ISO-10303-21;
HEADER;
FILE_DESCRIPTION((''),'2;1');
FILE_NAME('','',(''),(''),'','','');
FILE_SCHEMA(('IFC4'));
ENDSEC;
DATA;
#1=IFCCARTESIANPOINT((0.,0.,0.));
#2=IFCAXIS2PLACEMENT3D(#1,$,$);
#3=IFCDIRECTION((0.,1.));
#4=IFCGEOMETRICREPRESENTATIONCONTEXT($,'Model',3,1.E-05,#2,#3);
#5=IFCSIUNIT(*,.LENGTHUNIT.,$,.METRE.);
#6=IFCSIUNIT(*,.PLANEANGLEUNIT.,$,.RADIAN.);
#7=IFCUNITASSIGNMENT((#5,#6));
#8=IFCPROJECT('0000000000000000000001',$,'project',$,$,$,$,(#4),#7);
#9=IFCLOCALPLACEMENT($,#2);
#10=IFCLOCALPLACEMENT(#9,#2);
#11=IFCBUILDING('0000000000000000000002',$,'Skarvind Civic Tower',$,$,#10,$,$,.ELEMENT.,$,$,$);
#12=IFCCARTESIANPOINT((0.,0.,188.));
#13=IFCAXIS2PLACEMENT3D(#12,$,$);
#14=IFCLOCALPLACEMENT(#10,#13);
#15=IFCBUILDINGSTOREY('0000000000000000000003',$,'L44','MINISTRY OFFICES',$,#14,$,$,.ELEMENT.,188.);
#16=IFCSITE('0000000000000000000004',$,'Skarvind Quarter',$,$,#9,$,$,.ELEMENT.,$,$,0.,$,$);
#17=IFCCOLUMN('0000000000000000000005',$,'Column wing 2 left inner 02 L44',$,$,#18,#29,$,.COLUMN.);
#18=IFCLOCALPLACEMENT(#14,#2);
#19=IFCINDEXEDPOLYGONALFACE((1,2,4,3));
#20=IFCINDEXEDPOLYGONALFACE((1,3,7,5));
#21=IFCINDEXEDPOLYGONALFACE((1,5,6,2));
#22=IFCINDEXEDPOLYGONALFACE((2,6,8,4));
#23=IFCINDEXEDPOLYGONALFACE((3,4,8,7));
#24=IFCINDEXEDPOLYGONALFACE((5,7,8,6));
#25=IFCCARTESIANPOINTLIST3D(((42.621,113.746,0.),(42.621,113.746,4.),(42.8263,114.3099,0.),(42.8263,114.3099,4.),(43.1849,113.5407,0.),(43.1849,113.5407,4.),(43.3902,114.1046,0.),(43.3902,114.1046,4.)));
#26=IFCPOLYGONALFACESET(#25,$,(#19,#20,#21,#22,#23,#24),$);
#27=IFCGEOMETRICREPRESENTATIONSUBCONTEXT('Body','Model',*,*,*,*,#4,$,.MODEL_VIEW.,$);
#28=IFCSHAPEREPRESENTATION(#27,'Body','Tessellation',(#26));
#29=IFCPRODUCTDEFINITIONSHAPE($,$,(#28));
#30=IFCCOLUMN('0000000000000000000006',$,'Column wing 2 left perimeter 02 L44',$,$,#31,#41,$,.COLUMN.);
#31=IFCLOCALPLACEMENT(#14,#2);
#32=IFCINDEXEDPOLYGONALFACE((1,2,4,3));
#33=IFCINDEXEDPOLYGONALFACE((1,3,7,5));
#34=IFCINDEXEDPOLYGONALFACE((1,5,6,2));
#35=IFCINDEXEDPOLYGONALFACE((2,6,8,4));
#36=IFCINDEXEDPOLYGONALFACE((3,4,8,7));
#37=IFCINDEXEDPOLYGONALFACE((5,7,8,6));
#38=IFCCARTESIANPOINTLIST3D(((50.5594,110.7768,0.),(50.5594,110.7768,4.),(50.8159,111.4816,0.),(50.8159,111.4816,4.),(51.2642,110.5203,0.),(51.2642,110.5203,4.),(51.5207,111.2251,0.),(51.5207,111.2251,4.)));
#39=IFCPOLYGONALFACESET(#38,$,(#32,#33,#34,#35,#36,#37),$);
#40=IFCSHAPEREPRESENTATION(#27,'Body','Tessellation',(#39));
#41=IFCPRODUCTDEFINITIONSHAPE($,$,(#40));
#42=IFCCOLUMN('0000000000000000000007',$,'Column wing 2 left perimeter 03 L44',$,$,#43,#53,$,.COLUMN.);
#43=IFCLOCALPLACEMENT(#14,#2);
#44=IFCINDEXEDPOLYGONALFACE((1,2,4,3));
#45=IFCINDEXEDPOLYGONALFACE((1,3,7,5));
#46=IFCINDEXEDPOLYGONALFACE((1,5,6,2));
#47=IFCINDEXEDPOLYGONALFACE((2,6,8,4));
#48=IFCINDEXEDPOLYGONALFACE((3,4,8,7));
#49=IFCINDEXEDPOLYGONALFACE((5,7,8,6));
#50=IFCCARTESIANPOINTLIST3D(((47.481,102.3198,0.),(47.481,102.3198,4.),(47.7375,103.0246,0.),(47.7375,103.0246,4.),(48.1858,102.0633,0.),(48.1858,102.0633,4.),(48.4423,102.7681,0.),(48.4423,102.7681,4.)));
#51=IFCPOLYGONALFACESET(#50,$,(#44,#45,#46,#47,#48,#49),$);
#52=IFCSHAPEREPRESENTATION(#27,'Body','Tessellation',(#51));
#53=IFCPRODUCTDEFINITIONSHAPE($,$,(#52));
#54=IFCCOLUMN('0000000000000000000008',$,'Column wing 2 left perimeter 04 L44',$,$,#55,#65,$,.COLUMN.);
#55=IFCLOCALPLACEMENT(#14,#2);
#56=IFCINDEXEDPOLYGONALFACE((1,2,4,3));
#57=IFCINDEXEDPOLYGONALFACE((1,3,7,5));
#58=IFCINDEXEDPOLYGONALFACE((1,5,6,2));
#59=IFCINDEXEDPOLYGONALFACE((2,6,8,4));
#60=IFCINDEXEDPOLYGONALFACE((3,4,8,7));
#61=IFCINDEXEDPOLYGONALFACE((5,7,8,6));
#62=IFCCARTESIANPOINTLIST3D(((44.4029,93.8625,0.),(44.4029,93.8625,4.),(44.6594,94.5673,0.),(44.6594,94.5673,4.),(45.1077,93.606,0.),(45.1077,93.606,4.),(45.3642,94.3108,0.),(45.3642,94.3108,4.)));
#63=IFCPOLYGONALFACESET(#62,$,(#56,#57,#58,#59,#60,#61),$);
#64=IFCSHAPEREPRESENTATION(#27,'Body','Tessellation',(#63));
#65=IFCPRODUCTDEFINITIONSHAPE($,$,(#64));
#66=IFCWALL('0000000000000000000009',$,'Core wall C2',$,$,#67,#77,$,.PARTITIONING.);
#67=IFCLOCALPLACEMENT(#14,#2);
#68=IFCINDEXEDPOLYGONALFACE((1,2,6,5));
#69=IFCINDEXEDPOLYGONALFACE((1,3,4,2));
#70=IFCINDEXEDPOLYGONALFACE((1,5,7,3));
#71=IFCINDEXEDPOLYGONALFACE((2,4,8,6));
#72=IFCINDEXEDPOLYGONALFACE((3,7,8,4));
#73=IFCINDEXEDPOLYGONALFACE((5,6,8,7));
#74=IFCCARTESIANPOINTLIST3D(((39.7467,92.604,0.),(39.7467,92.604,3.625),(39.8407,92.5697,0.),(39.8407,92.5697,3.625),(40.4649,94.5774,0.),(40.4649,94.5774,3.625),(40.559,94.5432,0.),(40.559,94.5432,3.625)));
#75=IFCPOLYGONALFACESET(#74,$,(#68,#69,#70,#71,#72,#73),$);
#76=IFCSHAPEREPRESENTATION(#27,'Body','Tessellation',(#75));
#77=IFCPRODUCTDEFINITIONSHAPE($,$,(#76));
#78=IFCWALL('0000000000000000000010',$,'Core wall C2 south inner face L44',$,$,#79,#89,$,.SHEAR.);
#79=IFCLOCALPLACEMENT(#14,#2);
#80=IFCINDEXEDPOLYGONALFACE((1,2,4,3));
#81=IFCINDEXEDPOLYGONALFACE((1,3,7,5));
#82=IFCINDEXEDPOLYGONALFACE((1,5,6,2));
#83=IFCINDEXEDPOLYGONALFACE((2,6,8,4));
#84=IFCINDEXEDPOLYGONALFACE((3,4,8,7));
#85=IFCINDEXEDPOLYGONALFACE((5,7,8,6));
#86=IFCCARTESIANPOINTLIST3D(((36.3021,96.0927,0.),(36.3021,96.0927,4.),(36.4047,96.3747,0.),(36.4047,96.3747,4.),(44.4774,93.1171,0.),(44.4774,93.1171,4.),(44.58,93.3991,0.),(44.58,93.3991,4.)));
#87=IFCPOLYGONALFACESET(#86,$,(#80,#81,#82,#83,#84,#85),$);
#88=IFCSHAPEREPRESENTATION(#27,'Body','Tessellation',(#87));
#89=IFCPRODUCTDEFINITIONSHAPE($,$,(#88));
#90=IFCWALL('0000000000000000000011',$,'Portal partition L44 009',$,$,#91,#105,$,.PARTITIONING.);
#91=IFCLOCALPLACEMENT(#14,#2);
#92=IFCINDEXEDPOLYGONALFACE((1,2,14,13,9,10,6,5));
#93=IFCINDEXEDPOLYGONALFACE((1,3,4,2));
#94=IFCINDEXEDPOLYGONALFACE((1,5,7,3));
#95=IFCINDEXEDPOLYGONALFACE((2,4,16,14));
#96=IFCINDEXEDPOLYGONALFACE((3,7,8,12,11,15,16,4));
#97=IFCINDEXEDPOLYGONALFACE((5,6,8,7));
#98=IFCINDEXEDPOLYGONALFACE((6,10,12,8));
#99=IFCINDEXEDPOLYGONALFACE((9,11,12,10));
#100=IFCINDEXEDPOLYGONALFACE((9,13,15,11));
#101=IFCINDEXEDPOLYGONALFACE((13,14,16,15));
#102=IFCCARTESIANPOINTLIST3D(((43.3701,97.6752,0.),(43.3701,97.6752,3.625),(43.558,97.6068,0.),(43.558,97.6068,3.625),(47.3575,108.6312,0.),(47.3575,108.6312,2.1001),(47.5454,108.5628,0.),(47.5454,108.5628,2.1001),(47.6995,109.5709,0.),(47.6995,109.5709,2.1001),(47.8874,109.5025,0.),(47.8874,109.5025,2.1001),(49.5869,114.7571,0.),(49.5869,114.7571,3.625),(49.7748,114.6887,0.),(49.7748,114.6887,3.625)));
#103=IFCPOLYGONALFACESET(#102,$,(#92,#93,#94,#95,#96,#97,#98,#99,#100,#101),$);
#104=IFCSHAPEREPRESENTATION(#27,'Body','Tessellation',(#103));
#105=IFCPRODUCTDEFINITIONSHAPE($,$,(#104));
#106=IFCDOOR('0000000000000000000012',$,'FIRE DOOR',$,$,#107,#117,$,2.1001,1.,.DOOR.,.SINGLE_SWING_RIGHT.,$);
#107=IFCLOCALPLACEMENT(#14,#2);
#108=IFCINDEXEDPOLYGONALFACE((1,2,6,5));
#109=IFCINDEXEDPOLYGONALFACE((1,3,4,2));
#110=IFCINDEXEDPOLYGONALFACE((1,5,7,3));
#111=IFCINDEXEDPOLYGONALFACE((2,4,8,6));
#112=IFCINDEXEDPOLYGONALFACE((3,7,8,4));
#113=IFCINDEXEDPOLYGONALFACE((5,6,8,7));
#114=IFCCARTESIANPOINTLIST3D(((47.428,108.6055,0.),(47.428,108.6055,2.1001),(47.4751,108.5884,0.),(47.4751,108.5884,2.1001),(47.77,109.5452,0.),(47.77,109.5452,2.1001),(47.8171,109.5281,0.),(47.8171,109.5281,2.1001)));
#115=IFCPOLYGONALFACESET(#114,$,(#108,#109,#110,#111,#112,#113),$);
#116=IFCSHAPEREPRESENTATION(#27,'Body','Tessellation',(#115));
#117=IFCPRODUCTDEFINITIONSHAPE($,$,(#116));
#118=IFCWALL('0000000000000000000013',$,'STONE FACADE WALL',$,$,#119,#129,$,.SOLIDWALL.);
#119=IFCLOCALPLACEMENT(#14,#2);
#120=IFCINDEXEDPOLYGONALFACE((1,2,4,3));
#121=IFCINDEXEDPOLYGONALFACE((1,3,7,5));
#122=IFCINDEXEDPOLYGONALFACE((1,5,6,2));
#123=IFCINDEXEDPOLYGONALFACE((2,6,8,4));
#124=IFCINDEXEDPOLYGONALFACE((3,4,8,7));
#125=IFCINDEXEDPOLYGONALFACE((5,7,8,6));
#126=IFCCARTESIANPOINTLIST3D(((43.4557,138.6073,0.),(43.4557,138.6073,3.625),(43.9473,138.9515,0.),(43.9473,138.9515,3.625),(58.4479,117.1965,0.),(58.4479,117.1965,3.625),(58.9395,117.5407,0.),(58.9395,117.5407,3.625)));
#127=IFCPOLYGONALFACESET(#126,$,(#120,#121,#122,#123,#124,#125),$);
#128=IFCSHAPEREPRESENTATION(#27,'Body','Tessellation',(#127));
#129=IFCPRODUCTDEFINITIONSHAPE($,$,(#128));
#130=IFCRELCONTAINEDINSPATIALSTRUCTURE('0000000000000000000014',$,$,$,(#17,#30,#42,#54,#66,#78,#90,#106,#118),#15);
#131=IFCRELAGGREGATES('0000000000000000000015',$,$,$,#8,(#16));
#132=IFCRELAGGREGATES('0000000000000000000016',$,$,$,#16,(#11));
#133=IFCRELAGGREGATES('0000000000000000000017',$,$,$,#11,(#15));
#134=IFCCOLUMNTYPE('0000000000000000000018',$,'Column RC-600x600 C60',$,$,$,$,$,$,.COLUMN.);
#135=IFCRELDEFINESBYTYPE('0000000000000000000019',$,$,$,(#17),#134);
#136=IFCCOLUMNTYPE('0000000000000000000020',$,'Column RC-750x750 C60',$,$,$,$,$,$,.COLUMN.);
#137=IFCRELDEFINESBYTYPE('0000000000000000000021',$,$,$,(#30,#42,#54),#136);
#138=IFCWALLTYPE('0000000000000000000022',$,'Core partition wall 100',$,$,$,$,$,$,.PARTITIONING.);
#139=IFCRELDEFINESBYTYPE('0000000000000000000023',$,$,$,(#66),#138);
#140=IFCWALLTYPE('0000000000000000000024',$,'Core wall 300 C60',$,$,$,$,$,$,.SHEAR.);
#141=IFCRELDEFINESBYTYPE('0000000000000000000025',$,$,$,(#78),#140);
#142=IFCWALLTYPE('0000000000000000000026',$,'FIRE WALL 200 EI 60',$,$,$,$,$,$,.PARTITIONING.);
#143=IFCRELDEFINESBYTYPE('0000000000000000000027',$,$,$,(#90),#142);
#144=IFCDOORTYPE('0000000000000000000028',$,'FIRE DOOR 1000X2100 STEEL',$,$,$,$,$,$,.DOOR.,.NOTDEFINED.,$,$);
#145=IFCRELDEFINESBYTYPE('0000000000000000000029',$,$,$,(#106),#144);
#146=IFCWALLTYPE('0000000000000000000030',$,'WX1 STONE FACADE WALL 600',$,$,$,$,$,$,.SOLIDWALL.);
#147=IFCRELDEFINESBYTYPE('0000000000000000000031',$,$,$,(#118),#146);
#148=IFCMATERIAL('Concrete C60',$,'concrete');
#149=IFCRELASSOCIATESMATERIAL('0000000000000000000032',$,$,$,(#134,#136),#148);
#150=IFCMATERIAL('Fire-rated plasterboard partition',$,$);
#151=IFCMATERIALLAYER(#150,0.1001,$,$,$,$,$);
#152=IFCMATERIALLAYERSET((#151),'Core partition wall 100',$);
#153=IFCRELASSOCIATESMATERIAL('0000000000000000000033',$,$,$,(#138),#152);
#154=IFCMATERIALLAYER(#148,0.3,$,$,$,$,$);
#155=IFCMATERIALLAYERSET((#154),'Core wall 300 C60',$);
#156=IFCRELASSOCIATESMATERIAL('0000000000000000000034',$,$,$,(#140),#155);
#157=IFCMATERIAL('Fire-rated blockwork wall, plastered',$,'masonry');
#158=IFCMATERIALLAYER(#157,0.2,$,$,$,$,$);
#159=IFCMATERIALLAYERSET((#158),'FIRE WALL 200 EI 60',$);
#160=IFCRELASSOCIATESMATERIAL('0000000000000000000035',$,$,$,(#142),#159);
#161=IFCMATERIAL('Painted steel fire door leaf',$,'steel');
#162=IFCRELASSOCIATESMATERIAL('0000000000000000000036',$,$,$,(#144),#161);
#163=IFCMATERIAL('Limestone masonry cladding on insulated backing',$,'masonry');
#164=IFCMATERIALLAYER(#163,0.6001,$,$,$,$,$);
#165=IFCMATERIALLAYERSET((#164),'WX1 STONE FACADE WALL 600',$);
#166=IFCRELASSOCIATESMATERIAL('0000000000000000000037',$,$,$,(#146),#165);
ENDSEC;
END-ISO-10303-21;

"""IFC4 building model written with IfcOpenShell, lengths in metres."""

from ifc_helpers import new_model, si_unit, direction, frame, frame_2d, origin, origin_2d, place, context, subcontext, project, spatial, rectangle, extrude, material, layer, layer_set, material_profile, profile_set, type_object, element, fill, save


model = new_model("IFC4")

# Units and contexts
model_context = context("Model", 3, precision=1e-05, world=origin(), true_north=direction((0.0, 1.0)))
body_context = subcontext(model_context, "Body", "Model", "MODEL_VIEW")
ifc_project = project(units=[si_unit("LENGTHUNIT", "METRE"), si_unit("PLANEANGLEUNIT", "RADIAN")], contexts=[model_context])

# Site, building, storey
site_placement = place(None, origin())
site = spatial("IfcSite", under=ifc_project, at=site_placement, Name="Skarvind Quarter", CompositionType="ELEMENT", RefElevation=0.0)
building_placement = place(site_placement, origin())
building = spatial("IfcBuilding", under=site, at=building_placement, Name="Skarvind Civic Tower", CompositionType="ELEMENT")
storey_placement = place(building_placement, frame((0.0, 0.0, 188.0)))
storey = spatial("IfcBuildingStorey", under=building, at=storey_placement, Name="L44", Description="MINISTRY OFFICES", CompositionType="ELEMENT", Elevation=188.0)

# Columns
ifc_material_1 = material(Name="Concrete C60", Category="concrete")
ifc_material_profile_1 = material_profile(ifc_material_1, rectangle(XDim=0.6001, YDim=0.6001, at=origin_2d()), Name="RC-600x600")
ifc_profile_set_1 = profile_set([ifc_material_profile_1], Name="Concrete C60")
column_type_1 = type_object("IfcColumnType", Name="Column RC-600x600 C60", PredefinedType="COLUMN", material=ifc_profile_set_1)
column_placement = place(storey_placement, frame((43.0056, 113.9253, 0.0), z_axis=(0.0, 0.0, 1.0), x_axis=(-0.34202, -0.939693, 0.0)))
element("IfcColumn", 1, at=column_placement, inside=storey, type_object=column_type_1, Name="Column wing 2 left inner 02 L44", PredefinedType="COLUMN", context=body_context, shape_type="SweptSolid", body=[
    extrude(rectangle(XDim=0.6001, YDim=0.6001, at=origin_2d()), origin(), (0.0, 0.0, 1.0), 4.0),
])
ifc_material_profile_2 = material_profile(ifc_material_1, rectangle(XDim=0.75, YDim=0.75, at=origin_2d()), Name="RC-750x750")
ifc_profile_set_2 = profile_set([ifc_material_profile_2], Name="Concrete C60")
column_type_2 = type_object("IfcColumnType", Name="Column RC-750x750 C60", PredefinedType="COLUMN", material=ifc_profile_set_2)
for number, where, z_axis, x_axis, name in (
    (2, (51.04, 111.001, 0.0), (0.0, 0.0, 1.0), (-0.34202, -0.939693, 0.0), "Column wing 2 left perimeter 02 L44"),
    (3, (47.9617, 102.5439, 0.0), (0.0, 0.0, 1.0), (-0.34202, -0.939693, 0.0), "Column wing 2 left perimeter 03 L44"),
    (4, (44.8835, 94.0867, 0.0), (0.0, 0.0, 1.0), (-0.34202, -0.939693, 0.0), "Column wing 2 left perimeter 04 L44"),
):
    element("IfcColumn", number, at=place(storey_placement, frame(where, z_axis=z_axis, x_axis=x_axis)), inside=storey, type_object=column_type_2, Name=name, PredefinedType="COLUMN", context=body_context, shape_type="SweptSolid", body=[
        extrude(rectangle(XDim=0.75, YDim=0.75, at=origin_2d()), origin(), (0.0, 0.0, 1.0), 4.0),
    ])

# Walls
ifc_material_2 = material(Name="Fire-rated plasterboard partition")
ifc_layer_1 = layer(ifc_material_2, 0.1001)
ifc_layer_set_1 = layer_set([ifc_layer_1], Name="Core partition wall 100")
wall_type_1 = type_object("IfcWallType", Name="Core partition wall 100", PredefinedType="PARTITIONING", material=ifc_layer_set_1)
wall_1_placement = place(storey_placement, frame((40.512, 94.5603, 0.0), z_axis=(0.0, 0.0, 1.0), x_axis=(-0.342023, -0.939692, 0.0)))
element("IfcWall", 5, at=wall_1_placement, inside=storey, type_object=wall_type_1, Name="Core wall C2", PredefinedType="PARTITIONING", context=body_context, shape_type="SweptSolid", body=[
    extrude(rectangle(XDim=2.1001, YDim=0.1001, at=frame_2d((1.05, 0.0))), origin(), (0.0, 0.0, 1.0), 3.625),
])
ifc_layer_2 = layer(ifc_material_1, 0.3)
ifc_layer_set_2 = layer_set([ifc_layer_2], Name="Core wall 300 C60")
wall_type_2 = type_object("IfcWallType", Name="Core wall 300 C60", PredefinedType="SHEAR", material=ifc_layer_set_2)
wall_2_placement = place(storey_placement, frame((44.5288, 93.2581, 0.0), z_axis=(0.0, 0.0, 1.0), x_axis=(-0.939692, 0.342022, 0.0)))
element("IfcWall", 6, at=wall_2_placement, inside=storey, type_object=wall_type_2, Name="Core wall C2 south inner face L44", PredefinedType="SHEAR", context=body_context, shape_type="SweptSolid", body=[
    extrude(rectangle(XDim=8.7, YDim=0.3, at=frame_2d((4.3501, 0.0))), origin(), (0.0, 0.0, 1.0), 4.0),
])

# Wall, opening, door
ifc_material_3 = material(Name="Fire-rated blockwork wall, plastered", Category="masonry")
ifc_layer_3 = layer(ifc_material_3, 0.2)
ifc_layer_set_3 = layer_set([ifc_layer_3], Name="FIRE WALL 200 EI 60")
wall_type_3 = type_object("IfcWallType", Name="FIRE WALL 200 EI 60", PredefinedType="PARTITIONING", material=ifc_layer_set_3)
wall_3_placement = place(storey_placement, frame((43.4641, 97.6411, 0.0), z_axis=(0.0, 0.0, 1.0), x_axis=(0.341998, 0.939701, 0.0)))
wall_3 = element("IfcWall", 7, at=wall_3_placement, inside=storey, type_object=wall_type_3, Name="Portal partition L44 009", PredefinedType="PARTITIONING", context=body_context, shape_type="SweptSolid", body=[
    extrude(rectangle(XDim=18.178, YDim=0.2, at=frame_2d((9.0889, 0.0))), origin(), (0.0, 0.0, 1.0), 3.625),
])
opening_1_placement = place(wall_3_placement, frame((11.6589, 0.0, 0.0)))
opening_1 = element("IfcOpeningElement", 8, at=opening_1_placement, cuts=wall_3, PredefinedType="OPENING", context=body_context, shape_type="SweptSolid", body=[
    extrude(rectangle(XDim=1.0, YDim=2.1001, at=frame_2d((0.5, 1.05))), frame((0.0, 0.1099, 0.0), z_axis=(0.0, -1.0, 0.0), x_axis=(1.0, 0.0, 0.0)), (0.0, 0.0, 1.0), 0.22),
])
ifc_material_4 = material(Name="Painted steel fire door leaf", Category="steel")
door_type = type_object("IfcDoorType", Name="FIRE DOOR 1000X2100 STEEL", OperationType="NOTDEFINED", PredefinedType="DOOR", material=ifc_material_4)
door_placement = place(opening_1_placement, origin())
door = element("IfcDoor", 9, at=door_placement, inside=storey, type_object=door_type, Name="FIRE DOOR", OperationType="SINGLE_SWING_RIGHT", OverallHeight=2.1001, OverallWidth=1.0, PredefinedType="DOOR", context=body_context, shape_type="SweptSolid", body=[
    extrude(rectangle(XDim=1.0, YDim=2.1001, at=frame_2d((0.5, 1.05))), frame((0.0, 0.0249, 0.0), z_axis=(0.0, -1.0, 0.0), x_axis=(1.0, 0.0, 0.0)), (0.0, 0.0, 1.0), 0.05),
])
fill(opening_1, door)

# Wall
ifc_material_5 = material(Name="Limestone masonry cladding on insulated backing", Category="masonry")
ifc_layer_4 = layer(ifc_material_5, 0.6001)
ifc_layer_set_4 = layer_set([ifc_layer_4], Name="WX1 STONE FACADE WALL 600")
wall_type_4 = type_object("IfcWallType", Name="WX1 STONE FACADE WALL 600", PredefinedType="SOLIDWALL", material=ifc_layer_set_4)
wall_4_placement = place(storey_placement, frame((58.6936, 117.3687, 0.0), z_axis=(0.0, 0.0, 1.0), x_axis=(-0.57358, 0.81915, 0.0)))
element("IfcWall", 10, at=wall_4_placement, inside=storey, type_object=wall_type_4, Name="STONE FACADE WALL", PredefinedType="SOLIDWALL", context=body_context, shape_type="SweptSolid", body=[
    extrude(rectangle(XDim=26.1379, YDim=0.6001, at=frame_2d((13.0688, 0.0))), origin(), (0.0, 0.0, 1.0), 3.625),
])

save(model, "model.ifc")
